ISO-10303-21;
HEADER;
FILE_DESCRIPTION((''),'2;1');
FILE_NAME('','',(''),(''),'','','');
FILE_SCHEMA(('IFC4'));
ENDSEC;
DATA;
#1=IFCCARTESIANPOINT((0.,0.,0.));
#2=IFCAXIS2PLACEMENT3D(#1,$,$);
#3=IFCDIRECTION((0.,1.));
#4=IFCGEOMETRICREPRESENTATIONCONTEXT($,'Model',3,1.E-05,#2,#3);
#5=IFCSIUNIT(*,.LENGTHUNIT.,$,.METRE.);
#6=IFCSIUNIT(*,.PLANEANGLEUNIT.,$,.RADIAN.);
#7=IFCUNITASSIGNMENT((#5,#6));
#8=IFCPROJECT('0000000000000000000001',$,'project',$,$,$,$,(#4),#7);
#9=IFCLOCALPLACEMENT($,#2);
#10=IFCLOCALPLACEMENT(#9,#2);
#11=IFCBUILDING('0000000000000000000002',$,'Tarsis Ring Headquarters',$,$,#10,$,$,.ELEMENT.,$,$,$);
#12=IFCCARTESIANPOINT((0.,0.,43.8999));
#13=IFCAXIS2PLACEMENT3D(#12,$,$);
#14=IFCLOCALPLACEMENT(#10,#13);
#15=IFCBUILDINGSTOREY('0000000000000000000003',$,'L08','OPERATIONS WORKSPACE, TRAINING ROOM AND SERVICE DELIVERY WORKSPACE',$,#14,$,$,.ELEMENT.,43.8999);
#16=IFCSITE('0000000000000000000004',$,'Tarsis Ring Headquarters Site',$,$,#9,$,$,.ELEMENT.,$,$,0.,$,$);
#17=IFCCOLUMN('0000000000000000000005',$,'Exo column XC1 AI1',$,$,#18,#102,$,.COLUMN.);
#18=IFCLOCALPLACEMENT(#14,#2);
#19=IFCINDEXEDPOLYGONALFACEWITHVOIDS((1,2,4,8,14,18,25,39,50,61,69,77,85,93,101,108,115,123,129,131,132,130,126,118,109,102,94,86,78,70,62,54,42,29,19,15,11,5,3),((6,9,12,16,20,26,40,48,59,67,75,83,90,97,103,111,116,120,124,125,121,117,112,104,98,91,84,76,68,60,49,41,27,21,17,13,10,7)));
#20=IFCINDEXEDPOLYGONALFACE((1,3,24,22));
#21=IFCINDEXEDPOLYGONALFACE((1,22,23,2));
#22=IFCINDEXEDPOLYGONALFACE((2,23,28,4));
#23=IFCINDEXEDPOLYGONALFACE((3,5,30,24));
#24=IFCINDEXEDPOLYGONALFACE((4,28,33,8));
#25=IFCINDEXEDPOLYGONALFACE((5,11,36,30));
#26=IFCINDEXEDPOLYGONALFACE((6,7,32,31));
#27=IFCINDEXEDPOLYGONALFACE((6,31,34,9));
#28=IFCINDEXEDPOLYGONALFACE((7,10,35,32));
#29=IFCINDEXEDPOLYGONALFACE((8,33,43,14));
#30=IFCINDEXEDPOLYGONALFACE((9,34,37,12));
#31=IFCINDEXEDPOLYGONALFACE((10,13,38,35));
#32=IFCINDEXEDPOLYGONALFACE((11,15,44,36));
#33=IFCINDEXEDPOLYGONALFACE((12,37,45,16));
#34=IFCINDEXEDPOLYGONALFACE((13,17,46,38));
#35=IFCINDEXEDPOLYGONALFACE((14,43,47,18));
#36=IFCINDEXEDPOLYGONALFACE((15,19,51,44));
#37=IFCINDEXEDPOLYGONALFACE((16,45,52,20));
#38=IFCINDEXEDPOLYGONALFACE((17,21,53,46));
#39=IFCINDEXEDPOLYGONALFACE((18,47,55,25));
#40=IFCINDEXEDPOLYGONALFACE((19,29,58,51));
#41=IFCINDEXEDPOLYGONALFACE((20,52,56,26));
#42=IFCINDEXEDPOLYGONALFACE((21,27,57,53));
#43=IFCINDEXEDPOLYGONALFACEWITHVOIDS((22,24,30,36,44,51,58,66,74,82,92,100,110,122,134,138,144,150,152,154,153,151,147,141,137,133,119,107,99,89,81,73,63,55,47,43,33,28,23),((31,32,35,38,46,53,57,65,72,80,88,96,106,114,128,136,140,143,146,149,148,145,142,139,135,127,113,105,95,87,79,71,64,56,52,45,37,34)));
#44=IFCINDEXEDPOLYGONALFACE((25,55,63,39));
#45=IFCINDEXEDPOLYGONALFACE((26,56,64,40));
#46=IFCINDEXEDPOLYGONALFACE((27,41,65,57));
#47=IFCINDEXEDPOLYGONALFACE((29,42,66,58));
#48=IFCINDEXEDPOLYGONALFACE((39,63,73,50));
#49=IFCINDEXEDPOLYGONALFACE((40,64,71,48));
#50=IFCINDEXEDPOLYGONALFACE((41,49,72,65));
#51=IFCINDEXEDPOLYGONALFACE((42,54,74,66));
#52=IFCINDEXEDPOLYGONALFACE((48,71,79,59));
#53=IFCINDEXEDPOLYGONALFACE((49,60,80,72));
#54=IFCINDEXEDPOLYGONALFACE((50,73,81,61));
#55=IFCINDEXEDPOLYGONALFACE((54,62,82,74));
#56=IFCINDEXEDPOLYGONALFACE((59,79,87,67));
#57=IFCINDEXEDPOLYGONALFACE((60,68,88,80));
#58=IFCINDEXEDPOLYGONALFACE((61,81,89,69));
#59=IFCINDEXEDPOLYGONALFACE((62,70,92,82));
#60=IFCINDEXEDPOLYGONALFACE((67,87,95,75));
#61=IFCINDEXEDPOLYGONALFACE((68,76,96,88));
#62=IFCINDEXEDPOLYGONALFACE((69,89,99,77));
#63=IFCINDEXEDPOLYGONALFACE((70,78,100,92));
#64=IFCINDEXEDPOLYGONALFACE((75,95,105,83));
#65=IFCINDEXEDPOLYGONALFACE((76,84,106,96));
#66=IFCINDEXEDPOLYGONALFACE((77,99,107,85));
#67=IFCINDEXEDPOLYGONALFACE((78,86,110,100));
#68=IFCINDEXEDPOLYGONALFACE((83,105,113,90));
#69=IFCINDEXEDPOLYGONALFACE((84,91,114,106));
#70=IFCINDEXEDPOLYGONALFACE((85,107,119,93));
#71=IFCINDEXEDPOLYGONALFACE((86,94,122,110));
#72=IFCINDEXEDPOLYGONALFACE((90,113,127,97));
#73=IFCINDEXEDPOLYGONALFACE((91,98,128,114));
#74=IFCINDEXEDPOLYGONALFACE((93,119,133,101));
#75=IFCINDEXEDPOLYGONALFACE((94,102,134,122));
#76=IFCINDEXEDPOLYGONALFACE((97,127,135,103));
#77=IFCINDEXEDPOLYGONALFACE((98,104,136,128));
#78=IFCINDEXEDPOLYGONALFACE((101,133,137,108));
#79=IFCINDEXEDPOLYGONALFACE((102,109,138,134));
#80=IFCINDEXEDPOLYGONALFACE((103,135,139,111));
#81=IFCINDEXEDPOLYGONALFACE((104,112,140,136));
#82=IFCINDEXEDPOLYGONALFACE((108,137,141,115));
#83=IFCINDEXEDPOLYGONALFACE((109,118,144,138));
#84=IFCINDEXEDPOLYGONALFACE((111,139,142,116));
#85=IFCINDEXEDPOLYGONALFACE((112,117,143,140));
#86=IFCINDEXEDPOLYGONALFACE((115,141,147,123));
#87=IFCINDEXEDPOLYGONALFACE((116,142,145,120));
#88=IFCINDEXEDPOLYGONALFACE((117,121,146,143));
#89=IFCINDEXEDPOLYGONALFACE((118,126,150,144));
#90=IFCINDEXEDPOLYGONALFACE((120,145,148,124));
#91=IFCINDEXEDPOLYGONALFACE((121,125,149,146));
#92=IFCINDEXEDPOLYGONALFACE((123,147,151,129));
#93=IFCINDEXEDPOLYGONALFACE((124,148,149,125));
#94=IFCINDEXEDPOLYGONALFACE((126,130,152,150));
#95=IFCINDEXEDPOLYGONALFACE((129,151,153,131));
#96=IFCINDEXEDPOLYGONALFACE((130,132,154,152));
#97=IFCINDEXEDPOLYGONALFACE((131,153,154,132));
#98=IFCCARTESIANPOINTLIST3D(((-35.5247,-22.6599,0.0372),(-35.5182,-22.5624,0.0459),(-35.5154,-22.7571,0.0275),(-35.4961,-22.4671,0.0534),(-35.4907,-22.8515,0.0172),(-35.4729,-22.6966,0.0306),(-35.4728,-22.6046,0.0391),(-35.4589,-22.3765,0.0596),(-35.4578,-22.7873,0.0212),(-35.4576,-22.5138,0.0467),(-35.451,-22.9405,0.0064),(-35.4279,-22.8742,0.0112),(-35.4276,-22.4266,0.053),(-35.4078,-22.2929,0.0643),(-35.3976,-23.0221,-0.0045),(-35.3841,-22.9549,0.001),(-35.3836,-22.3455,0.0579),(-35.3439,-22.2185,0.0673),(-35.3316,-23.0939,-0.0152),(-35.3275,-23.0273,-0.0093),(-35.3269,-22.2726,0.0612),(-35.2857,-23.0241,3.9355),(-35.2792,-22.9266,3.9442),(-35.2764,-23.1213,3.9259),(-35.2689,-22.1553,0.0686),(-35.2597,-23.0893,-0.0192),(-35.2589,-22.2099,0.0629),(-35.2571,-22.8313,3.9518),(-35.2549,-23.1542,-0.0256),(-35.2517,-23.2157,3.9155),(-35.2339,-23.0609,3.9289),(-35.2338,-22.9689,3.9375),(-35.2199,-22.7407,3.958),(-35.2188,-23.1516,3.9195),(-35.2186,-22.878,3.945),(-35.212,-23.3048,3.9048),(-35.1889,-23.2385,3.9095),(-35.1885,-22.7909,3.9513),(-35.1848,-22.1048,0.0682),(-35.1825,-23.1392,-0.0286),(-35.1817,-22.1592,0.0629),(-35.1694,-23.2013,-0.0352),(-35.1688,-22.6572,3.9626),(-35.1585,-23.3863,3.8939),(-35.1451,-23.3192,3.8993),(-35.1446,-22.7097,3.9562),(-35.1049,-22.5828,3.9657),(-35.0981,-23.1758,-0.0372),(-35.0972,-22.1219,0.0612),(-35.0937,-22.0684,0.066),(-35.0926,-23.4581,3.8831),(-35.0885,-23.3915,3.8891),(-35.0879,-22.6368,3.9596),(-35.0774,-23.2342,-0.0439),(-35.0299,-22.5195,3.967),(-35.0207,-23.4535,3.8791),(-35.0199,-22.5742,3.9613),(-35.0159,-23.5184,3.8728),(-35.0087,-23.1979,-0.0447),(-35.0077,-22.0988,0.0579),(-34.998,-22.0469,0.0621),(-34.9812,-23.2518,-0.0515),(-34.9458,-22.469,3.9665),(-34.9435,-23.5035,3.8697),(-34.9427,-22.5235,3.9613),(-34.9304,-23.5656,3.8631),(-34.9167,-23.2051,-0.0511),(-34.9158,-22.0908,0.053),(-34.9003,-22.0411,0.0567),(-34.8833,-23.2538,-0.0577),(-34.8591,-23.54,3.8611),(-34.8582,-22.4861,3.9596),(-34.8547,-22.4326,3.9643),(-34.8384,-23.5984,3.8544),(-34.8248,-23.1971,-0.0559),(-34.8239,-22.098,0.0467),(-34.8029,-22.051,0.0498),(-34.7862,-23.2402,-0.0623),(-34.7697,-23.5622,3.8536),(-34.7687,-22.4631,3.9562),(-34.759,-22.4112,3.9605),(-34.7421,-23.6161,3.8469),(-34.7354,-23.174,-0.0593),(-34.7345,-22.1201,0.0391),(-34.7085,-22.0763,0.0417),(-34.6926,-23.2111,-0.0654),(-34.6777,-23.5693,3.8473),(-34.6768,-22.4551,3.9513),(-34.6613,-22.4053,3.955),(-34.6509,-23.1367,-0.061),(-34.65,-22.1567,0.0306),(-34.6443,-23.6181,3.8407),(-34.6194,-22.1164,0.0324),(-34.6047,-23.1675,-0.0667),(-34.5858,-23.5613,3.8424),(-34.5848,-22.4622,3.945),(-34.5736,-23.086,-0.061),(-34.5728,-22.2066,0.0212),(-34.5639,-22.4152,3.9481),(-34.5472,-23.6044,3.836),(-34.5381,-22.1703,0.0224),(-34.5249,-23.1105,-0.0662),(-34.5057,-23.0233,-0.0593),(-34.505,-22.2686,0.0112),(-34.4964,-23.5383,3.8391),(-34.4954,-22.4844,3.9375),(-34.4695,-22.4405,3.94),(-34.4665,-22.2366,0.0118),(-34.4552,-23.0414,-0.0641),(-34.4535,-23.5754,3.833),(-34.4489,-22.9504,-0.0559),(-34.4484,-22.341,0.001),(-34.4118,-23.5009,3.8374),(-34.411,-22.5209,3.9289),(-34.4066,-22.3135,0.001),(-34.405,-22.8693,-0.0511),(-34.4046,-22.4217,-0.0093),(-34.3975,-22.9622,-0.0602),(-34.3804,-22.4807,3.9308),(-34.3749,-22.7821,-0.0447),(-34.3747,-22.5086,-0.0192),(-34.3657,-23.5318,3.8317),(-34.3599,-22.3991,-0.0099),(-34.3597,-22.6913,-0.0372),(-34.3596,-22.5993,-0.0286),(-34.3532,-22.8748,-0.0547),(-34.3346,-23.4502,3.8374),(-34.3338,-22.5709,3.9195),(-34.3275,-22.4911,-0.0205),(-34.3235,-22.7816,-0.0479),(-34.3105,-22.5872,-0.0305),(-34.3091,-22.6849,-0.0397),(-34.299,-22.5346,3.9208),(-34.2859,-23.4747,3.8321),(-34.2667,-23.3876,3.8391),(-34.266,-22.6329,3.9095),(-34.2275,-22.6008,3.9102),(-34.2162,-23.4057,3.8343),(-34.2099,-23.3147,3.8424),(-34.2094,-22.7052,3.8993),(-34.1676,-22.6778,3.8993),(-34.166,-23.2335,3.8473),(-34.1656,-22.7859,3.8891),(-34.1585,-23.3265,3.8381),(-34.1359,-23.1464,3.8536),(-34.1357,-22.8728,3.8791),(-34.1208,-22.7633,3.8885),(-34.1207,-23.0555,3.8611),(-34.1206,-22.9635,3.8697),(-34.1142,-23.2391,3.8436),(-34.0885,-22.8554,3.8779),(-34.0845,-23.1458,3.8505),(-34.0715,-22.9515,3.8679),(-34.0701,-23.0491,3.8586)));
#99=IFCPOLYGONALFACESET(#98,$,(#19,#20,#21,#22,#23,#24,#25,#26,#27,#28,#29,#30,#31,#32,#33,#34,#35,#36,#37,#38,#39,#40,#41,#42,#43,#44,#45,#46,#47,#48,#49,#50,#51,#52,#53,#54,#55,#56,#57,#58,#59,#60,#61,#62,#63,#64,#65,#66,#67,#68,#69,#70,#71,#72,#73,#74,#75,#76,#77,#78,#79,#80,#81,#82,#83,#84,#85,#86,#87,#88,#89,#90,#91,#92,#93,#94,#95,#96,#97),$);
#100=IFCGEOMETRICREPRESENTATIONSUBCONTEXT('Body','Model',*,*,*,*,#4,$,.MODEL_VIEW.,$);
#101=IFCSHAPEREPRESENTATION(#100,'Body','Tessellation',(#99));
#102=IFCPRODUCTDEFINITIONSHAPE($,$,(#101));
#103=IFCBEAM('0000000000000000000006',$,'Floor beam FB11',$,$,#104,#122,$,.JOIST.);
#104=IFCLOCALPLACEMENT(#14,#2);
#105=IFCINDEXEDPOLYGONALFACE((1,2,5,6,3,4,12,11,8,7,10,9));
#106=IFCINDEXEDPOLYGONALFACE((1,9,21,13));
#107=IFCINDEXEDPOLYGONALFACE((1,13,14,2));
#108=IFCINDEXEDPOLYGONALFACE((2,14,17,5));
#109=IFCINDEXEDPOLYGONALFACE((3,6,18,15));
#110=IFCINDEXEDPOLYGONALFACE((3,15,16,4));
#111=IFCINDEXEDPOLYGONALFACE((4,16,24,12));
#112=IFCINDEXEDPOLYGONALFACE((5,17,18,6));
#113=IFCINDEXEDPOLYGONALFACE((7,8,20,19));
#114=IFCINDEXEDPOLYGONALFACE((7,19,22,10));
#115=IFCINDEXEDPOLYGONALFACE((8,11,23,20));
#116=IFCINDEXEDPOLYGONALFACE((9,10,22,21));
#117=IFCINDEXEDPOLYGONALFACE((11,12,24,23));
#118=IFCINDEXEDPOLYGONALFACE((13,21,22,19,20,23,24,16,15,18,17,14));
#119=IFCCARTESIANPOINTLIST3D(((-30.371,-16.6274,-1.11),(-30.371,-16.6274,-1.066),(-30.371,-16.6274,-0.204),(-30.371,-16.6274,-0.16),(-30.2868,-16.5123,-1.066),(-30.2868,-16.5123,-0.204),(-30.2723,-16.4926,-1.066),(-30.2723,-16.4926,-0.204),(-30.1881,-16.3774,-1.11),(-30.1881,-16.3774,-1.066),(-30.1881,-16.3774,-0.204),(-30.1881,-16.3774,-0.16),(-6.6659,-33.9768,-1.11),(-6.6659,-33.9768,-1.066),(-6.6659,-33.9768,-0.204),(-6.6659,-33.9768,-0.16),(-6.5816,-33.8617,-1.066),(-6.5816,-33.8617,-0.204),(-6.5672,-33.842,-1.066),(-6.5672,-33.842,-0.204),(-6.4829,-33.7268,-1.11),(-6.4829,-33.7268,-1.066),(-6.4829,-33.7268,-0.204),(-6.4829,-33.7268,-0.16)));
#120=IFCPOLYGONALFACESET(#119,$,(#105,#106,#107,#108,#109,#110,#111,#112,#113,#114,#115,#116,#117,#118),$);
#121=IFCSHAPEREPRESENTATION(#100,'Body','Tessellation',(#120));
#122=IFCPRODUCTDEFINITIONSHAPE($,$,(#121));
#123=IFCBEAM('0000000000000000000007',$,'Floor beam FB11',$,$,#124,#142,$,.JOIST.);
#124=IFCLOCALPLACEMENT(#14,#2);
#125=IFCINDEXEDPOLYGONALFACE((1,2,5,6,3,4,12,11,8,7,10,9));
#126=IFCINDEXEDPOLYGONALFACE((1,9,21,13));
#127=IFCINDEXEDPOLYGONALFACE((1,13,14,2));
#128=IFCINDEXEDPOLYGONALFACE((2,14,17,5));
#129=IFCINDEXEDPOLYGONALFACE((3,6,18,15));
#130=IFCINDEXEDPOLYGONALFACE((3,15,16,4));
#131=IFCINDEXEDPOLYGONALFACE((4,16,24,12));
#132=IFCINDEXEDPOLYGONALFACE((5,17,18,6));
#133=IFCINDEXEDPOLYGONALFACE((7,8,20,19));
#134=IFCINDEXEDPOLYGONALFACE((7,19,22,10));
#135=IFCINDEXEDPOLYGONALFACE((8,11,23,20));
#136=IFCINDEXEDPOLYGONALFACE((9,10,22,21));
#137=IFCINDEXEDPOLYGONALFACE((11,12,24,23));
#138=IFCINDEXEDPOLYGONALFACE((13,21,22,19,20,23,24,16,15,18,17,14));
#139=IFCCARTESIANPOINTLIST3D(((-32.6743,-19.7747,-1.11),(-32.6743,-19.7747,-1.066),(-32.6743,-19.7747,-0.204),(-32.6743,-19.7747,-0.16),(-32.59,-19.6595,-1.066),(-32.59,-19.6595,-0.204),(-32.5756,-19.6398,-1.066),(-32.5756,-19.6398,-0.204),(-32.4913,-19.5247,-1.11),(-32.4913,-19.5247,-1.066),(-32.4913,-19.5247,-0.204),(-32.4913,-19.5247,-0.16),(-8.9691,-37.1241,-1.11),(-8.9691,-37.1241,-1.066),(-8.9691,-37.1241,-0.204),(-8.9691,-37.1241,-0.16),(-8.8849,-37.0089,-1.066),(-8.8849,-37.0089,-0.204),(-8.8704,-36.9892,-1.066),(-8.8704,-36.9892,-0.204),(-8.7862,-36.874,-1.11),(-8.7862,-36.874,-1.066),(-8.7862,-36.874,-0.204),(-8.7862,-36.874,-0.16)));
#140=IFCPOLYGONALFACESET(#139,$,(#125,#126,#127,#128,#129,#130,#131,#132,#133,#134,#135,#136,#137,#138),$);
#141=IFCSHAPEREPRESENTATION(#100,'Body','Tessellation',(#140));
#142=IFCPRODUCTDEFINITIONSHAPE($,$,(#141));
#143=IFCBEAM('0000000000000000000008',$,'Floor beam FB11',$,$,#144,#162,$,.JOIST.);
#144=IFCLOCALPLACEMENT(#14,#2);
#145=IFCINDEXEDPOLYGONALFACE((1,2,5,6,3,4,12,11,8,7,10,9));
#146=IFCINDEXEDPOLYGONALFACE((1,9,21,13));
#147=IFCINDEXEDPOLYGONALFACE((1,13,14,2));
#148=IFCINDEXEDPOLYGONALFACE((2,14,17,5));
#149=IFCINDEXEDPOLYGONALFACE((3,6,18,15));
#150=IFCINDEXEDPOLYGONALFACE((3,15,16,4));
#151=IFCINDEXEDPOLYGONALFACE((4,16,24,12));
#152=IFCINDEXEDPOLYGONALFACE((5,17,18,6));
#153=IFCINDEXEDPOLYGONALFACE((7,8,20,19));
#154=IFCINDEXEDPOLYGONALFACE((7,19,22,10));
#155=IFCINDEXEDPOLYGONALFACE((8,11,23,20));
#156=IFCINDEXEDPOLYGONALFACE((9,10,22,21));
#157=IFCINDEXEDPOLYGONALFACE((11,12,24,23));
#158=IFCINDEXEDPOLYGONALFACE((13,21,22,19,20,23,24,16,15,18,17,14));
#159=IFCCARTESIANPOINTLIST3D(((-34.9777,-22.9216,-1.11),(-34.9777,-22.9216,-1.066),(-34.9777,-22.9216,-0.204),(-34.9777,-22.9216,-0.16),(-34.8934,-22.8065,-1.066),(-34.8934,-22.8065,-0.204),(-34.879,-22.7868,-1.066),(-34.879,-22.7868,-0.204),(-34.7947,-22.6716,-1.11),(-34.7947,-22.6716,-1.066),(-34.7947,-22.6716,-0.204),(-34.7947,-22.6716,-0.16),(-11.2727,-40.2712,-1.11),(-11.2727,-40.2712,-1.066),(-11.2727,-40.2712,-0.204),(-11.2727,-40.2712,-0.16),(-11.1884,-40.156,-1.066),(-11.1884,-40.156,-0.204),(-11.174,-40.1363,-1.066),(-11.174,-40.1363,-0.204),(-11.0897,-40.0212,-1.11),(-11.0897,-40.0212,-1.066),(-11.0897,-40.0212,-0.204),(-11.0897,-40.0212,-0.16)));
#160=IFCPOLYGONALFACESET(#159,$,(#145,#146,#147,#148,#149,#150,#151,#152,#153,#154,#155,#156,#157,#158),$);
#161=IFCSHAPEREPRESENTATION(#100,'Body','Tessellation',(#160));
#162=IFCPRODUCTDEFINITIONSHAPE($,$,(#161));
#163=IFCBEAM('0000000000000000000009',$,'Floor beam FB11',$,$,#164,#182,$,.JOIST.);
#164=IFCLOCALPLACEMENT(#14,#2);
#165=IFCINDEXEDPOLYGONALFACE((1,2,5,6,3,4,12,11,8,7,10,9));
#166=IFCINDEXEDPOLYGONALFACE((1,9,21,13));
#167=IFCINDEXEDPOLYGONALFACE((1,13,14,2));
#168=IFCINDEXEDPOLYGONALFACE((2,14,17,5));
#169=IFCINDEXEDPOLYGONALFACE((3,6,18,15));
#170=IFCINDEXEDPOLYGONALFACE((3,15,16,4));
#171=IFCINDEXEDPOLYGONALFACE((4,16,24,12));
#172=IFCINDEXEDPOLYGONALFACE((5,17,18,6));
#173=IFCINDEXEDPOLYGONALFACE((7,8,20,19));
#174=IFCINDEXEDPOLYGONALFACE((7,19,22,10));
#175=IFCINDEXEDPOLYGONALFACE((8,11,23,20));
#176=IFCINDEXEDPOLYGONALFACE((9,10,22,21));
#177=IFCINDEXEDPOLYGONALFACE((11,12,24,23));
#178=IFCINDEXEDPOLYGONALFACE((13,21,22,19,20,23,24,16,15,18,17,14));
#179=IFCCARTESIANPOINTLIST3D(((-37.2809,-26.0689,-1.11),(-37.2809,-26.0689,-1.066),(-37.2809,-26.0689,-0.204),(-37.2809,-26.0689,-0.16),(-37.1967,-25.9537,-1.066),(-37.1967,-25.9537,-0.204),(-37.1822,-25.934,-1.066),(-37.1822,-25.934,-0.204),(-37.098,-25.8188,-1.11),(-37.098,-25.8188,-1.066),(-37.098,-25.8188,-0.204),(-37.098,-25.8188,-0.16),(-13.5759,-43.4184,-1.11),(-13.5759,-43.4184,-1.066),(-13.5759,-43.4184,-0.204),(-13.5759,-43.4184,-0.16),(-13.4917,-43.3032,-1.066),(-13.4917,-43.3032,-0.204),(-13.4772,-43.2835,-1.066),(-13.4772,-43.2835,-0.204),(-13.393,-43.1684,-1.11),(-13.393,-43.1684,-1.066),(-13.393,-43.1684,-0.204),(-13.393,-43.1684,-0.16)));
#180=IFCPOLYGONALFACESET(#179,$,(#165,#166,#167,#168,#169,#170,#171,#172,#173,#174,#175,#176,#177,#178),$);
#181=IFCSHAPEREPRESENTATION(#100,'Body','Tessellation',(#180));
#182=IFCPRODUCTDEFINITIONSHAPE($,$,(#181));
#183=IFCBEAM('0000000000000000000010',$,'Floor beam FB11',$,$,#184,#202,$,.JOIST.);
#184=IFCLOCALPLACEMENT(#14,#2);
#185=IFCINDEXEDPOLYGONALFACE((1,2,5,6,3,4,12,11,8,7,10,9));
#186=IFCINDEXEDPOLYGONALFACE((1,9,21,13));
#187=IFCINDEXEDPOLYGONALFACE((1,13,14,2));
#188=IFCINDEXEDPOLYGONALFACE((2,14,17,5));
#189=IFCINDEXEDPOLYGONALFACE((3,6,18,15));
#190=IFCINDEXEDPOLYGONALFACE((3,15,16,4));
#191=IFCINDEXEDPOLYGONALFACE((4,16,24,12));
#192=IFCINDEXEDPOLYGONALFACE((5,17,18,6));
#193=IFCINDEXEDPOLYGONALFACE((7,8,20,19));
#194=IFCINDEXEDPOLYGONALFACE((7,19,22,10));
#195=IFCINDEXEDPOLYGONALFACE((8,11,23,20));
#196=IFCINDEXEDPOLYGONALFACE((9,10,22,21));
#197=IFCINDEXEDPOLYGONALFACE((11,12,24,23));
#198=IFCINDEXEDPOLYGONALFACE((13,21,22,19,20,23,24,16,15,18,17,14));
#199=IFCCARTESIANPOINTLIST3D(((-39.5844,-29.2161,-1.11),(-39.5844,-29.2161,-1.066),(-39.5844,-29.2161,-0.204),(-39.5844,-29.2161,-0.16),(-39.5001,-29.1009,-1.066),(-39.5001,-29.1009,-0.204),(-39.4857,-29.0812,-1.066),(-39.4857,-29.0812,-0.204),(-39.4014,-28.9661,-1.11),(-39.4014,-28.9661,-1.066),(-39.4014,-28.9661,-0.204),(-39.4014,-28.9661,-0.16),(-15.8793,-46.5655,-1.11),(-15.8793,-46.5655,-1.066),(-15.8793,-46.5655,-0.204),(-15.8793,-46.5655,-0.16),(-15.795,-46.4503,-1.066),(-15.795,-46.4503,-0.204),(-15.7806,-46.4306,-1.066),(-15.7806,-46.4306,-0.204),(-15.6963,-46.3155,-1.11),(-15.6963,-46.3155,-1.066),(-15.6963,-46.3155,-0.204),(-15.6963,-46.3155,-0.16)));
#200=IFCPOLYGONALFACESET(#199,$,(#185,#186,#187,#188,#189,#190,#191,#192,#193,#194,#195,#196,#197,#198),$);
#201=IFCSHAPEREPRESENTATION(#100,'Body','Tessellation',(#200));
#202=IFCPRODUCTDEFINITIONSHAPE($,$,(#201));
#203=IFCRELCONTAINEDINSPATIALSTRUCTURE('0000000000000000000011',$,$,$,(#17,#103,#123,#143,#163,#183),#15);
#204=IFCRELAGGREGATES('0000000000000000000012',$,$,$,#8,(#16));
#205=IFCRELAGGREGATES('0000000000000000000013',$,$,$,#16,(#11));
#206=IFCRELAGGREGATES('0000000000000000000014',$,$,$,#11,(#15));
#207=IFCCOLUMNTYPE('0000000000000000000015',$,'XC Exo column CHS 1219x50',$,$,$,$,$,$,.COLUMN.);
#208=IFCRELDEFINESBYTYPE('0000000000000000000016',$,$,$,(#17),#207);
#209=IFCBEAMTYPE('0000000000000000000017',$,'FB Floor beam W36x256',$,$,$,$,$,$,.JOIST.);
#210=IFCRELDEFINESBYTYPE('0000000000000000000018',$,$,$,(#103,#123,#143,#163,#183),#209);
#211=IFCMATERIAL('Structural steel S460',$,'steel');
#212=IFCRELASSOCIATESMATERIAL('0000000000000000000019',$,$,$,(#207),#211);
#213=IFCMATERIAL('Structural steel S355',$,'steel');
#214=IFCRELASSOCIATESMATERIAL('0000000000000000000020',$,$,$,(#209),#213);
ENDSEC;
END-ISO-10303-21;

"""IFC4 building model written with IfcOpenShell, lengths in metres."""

from ifc_helpers import new_model, si_unit, direction, frame, origin, origin_2d, place, context, subcontext, project, spatial, hollow_circle, i_section, extrude, material, material_profile, profile_set, type_object, element, save


model = new_model("IFC4")

# Units and contexts
model_context = context("Model", 3, precision=1e-05, world=origin(), true_north=direction((0.0, 1.0)))
body_context = subcontext(model_context, "Body", "Model", "MODEL_VIEW")
ifc_project = project(units=[si_unit("LENGTHUNIT", "METRE"), si_unit("PLANEANGLEUNIT", "RADIAN")], contexts=[model_context])

# Site, building, storey
site_placement = place(None, origin())
site = spatial("IfcSite", under=ifc_project, at=site_placement, Name="Tarsis Ring Headquarters Site", CompositionType="ELEMENT", RefElevation=0.0)
building_placement = place(site_placement, origin())
building = spatial("IfcBuilding", under=site, at=building_placement, Name="Tarsis Ring Headquarters", CompositionType="ELEMENT")
storey_placement = place(building_placement, frame((0.0, 0.0, 43.8999)))
storey = spatial("IfcBuildingStorey", under=building, at=storey_placement, Name="L08", Description="OPERATIONS WORKSPACE, TRAINING ROOM AND SERVICE DELIVERY WORKSPACE", CompositionType="ELEMENT", Elevation=43.8999)

# Column
ifc_material_1 = material(Name="Structural steel S460", Category="steel")
ifc_material_profile_1 = material_profile(ifc_material_1, hollow_circle(Radius=0.6096, WallThickness=0.05, at=origin_2d()), Name="CHS 1219x50")
ifc_profile_set_1 = profile_set([ifc_material_profile_1], Name="Structural steel S460")
column_type = type_object("IfcColumnType", Name="XC Exo column CHS 1219x50", PredefinedType="COLUMN", material=ifc_profile_set_1)
column_placement = place(storey_placement, frame((-34.9163, -22.6479, 0.001), z_axis=(0.060931, -0.092859, 0.993813), x_axis=(0.83608, 0.548607, 0.0)))
element("IfcColumn", 1, at=column_placement, inside=storey, type_object=column_type, Name="Exo column XC1 AI1", PredefinedType="COLUMN", context=body_context, shape_type="SweptSolid", body=[
    extrude(hollow_circle(Radius=0.6096, WallThickness=0.05, at=origin_2d()), origin(), (0.0, 0.0, 1.0), 3.9226),
])

# Beams
ifc_material_2 = material(Name="Structural steel S355", Category="steel")
ifc_material_profile_2 = material_profile(ifc_material_2, i_section(OverallWidth=0.3098, OverallDepth=0.95, WebThickness=0.0244, FlangeThickness=0.0439, at=origin_2d()), Name="W36x256")
ifc_profile_set_2 = profile_set([ifc_material_profile_2], Name="Structural steel S355")
beam_type_1 = type_object("IfcBeamType", Name="FB Floor beam W36x256", PredefinedType="JOIST", material=ifc_profile_set_2)
for number, where, z_axis, x_axis, name in (
    (2, (-30.2795, -16.5024, -0.635), (0.806962, -0.590603, 0.0), (0.590603, 0.806962, 0.0), "Floor beam FB11"),
    (3, (-32.5828, -19.6497, -0.635), (0.806962, -0.590603, 0.0), (0.590603, 0.806962, 0.0), "Floor beam FB11"),
    (4, (-34.8862, -22.7966, -0.635), (0.806958, -0.590608, 0.0), (0.590608, 0.806958, 0.0), "Floor beam FB11"),
    (5, (-37.1895, -25.9438, -0.635), (0.806958, -0.590608, 0.0), (0.590608, 0.806958, 0.0), "Floor beam FB11"),
    (6, (-39.4929, -29.0911, -0.635), (0.806962, -0.590603, 0.0), (0.590603, 0.806962, 0.0), "Floor beam FB11"),
):
    element("IfcBeam", number, at=place(storey_placement, frame(where, z_axis=z_axis, x_axis=x_axis)), inside=storey, type_object=beam_type_1, Name=name, PredefinedType="JOIST", context=body_context, shape_type="SweptSolid", body=[
        extrude(i_section(OverallWidth=0.3098, OverallDepth=0.95, WebThickness=0.0244, FlangeThickness=0.0439, at=origin_2d()), origin(), (0.0, 0.0, 1.0), 29.3757),
    ])

save(model, "model.ifc")
